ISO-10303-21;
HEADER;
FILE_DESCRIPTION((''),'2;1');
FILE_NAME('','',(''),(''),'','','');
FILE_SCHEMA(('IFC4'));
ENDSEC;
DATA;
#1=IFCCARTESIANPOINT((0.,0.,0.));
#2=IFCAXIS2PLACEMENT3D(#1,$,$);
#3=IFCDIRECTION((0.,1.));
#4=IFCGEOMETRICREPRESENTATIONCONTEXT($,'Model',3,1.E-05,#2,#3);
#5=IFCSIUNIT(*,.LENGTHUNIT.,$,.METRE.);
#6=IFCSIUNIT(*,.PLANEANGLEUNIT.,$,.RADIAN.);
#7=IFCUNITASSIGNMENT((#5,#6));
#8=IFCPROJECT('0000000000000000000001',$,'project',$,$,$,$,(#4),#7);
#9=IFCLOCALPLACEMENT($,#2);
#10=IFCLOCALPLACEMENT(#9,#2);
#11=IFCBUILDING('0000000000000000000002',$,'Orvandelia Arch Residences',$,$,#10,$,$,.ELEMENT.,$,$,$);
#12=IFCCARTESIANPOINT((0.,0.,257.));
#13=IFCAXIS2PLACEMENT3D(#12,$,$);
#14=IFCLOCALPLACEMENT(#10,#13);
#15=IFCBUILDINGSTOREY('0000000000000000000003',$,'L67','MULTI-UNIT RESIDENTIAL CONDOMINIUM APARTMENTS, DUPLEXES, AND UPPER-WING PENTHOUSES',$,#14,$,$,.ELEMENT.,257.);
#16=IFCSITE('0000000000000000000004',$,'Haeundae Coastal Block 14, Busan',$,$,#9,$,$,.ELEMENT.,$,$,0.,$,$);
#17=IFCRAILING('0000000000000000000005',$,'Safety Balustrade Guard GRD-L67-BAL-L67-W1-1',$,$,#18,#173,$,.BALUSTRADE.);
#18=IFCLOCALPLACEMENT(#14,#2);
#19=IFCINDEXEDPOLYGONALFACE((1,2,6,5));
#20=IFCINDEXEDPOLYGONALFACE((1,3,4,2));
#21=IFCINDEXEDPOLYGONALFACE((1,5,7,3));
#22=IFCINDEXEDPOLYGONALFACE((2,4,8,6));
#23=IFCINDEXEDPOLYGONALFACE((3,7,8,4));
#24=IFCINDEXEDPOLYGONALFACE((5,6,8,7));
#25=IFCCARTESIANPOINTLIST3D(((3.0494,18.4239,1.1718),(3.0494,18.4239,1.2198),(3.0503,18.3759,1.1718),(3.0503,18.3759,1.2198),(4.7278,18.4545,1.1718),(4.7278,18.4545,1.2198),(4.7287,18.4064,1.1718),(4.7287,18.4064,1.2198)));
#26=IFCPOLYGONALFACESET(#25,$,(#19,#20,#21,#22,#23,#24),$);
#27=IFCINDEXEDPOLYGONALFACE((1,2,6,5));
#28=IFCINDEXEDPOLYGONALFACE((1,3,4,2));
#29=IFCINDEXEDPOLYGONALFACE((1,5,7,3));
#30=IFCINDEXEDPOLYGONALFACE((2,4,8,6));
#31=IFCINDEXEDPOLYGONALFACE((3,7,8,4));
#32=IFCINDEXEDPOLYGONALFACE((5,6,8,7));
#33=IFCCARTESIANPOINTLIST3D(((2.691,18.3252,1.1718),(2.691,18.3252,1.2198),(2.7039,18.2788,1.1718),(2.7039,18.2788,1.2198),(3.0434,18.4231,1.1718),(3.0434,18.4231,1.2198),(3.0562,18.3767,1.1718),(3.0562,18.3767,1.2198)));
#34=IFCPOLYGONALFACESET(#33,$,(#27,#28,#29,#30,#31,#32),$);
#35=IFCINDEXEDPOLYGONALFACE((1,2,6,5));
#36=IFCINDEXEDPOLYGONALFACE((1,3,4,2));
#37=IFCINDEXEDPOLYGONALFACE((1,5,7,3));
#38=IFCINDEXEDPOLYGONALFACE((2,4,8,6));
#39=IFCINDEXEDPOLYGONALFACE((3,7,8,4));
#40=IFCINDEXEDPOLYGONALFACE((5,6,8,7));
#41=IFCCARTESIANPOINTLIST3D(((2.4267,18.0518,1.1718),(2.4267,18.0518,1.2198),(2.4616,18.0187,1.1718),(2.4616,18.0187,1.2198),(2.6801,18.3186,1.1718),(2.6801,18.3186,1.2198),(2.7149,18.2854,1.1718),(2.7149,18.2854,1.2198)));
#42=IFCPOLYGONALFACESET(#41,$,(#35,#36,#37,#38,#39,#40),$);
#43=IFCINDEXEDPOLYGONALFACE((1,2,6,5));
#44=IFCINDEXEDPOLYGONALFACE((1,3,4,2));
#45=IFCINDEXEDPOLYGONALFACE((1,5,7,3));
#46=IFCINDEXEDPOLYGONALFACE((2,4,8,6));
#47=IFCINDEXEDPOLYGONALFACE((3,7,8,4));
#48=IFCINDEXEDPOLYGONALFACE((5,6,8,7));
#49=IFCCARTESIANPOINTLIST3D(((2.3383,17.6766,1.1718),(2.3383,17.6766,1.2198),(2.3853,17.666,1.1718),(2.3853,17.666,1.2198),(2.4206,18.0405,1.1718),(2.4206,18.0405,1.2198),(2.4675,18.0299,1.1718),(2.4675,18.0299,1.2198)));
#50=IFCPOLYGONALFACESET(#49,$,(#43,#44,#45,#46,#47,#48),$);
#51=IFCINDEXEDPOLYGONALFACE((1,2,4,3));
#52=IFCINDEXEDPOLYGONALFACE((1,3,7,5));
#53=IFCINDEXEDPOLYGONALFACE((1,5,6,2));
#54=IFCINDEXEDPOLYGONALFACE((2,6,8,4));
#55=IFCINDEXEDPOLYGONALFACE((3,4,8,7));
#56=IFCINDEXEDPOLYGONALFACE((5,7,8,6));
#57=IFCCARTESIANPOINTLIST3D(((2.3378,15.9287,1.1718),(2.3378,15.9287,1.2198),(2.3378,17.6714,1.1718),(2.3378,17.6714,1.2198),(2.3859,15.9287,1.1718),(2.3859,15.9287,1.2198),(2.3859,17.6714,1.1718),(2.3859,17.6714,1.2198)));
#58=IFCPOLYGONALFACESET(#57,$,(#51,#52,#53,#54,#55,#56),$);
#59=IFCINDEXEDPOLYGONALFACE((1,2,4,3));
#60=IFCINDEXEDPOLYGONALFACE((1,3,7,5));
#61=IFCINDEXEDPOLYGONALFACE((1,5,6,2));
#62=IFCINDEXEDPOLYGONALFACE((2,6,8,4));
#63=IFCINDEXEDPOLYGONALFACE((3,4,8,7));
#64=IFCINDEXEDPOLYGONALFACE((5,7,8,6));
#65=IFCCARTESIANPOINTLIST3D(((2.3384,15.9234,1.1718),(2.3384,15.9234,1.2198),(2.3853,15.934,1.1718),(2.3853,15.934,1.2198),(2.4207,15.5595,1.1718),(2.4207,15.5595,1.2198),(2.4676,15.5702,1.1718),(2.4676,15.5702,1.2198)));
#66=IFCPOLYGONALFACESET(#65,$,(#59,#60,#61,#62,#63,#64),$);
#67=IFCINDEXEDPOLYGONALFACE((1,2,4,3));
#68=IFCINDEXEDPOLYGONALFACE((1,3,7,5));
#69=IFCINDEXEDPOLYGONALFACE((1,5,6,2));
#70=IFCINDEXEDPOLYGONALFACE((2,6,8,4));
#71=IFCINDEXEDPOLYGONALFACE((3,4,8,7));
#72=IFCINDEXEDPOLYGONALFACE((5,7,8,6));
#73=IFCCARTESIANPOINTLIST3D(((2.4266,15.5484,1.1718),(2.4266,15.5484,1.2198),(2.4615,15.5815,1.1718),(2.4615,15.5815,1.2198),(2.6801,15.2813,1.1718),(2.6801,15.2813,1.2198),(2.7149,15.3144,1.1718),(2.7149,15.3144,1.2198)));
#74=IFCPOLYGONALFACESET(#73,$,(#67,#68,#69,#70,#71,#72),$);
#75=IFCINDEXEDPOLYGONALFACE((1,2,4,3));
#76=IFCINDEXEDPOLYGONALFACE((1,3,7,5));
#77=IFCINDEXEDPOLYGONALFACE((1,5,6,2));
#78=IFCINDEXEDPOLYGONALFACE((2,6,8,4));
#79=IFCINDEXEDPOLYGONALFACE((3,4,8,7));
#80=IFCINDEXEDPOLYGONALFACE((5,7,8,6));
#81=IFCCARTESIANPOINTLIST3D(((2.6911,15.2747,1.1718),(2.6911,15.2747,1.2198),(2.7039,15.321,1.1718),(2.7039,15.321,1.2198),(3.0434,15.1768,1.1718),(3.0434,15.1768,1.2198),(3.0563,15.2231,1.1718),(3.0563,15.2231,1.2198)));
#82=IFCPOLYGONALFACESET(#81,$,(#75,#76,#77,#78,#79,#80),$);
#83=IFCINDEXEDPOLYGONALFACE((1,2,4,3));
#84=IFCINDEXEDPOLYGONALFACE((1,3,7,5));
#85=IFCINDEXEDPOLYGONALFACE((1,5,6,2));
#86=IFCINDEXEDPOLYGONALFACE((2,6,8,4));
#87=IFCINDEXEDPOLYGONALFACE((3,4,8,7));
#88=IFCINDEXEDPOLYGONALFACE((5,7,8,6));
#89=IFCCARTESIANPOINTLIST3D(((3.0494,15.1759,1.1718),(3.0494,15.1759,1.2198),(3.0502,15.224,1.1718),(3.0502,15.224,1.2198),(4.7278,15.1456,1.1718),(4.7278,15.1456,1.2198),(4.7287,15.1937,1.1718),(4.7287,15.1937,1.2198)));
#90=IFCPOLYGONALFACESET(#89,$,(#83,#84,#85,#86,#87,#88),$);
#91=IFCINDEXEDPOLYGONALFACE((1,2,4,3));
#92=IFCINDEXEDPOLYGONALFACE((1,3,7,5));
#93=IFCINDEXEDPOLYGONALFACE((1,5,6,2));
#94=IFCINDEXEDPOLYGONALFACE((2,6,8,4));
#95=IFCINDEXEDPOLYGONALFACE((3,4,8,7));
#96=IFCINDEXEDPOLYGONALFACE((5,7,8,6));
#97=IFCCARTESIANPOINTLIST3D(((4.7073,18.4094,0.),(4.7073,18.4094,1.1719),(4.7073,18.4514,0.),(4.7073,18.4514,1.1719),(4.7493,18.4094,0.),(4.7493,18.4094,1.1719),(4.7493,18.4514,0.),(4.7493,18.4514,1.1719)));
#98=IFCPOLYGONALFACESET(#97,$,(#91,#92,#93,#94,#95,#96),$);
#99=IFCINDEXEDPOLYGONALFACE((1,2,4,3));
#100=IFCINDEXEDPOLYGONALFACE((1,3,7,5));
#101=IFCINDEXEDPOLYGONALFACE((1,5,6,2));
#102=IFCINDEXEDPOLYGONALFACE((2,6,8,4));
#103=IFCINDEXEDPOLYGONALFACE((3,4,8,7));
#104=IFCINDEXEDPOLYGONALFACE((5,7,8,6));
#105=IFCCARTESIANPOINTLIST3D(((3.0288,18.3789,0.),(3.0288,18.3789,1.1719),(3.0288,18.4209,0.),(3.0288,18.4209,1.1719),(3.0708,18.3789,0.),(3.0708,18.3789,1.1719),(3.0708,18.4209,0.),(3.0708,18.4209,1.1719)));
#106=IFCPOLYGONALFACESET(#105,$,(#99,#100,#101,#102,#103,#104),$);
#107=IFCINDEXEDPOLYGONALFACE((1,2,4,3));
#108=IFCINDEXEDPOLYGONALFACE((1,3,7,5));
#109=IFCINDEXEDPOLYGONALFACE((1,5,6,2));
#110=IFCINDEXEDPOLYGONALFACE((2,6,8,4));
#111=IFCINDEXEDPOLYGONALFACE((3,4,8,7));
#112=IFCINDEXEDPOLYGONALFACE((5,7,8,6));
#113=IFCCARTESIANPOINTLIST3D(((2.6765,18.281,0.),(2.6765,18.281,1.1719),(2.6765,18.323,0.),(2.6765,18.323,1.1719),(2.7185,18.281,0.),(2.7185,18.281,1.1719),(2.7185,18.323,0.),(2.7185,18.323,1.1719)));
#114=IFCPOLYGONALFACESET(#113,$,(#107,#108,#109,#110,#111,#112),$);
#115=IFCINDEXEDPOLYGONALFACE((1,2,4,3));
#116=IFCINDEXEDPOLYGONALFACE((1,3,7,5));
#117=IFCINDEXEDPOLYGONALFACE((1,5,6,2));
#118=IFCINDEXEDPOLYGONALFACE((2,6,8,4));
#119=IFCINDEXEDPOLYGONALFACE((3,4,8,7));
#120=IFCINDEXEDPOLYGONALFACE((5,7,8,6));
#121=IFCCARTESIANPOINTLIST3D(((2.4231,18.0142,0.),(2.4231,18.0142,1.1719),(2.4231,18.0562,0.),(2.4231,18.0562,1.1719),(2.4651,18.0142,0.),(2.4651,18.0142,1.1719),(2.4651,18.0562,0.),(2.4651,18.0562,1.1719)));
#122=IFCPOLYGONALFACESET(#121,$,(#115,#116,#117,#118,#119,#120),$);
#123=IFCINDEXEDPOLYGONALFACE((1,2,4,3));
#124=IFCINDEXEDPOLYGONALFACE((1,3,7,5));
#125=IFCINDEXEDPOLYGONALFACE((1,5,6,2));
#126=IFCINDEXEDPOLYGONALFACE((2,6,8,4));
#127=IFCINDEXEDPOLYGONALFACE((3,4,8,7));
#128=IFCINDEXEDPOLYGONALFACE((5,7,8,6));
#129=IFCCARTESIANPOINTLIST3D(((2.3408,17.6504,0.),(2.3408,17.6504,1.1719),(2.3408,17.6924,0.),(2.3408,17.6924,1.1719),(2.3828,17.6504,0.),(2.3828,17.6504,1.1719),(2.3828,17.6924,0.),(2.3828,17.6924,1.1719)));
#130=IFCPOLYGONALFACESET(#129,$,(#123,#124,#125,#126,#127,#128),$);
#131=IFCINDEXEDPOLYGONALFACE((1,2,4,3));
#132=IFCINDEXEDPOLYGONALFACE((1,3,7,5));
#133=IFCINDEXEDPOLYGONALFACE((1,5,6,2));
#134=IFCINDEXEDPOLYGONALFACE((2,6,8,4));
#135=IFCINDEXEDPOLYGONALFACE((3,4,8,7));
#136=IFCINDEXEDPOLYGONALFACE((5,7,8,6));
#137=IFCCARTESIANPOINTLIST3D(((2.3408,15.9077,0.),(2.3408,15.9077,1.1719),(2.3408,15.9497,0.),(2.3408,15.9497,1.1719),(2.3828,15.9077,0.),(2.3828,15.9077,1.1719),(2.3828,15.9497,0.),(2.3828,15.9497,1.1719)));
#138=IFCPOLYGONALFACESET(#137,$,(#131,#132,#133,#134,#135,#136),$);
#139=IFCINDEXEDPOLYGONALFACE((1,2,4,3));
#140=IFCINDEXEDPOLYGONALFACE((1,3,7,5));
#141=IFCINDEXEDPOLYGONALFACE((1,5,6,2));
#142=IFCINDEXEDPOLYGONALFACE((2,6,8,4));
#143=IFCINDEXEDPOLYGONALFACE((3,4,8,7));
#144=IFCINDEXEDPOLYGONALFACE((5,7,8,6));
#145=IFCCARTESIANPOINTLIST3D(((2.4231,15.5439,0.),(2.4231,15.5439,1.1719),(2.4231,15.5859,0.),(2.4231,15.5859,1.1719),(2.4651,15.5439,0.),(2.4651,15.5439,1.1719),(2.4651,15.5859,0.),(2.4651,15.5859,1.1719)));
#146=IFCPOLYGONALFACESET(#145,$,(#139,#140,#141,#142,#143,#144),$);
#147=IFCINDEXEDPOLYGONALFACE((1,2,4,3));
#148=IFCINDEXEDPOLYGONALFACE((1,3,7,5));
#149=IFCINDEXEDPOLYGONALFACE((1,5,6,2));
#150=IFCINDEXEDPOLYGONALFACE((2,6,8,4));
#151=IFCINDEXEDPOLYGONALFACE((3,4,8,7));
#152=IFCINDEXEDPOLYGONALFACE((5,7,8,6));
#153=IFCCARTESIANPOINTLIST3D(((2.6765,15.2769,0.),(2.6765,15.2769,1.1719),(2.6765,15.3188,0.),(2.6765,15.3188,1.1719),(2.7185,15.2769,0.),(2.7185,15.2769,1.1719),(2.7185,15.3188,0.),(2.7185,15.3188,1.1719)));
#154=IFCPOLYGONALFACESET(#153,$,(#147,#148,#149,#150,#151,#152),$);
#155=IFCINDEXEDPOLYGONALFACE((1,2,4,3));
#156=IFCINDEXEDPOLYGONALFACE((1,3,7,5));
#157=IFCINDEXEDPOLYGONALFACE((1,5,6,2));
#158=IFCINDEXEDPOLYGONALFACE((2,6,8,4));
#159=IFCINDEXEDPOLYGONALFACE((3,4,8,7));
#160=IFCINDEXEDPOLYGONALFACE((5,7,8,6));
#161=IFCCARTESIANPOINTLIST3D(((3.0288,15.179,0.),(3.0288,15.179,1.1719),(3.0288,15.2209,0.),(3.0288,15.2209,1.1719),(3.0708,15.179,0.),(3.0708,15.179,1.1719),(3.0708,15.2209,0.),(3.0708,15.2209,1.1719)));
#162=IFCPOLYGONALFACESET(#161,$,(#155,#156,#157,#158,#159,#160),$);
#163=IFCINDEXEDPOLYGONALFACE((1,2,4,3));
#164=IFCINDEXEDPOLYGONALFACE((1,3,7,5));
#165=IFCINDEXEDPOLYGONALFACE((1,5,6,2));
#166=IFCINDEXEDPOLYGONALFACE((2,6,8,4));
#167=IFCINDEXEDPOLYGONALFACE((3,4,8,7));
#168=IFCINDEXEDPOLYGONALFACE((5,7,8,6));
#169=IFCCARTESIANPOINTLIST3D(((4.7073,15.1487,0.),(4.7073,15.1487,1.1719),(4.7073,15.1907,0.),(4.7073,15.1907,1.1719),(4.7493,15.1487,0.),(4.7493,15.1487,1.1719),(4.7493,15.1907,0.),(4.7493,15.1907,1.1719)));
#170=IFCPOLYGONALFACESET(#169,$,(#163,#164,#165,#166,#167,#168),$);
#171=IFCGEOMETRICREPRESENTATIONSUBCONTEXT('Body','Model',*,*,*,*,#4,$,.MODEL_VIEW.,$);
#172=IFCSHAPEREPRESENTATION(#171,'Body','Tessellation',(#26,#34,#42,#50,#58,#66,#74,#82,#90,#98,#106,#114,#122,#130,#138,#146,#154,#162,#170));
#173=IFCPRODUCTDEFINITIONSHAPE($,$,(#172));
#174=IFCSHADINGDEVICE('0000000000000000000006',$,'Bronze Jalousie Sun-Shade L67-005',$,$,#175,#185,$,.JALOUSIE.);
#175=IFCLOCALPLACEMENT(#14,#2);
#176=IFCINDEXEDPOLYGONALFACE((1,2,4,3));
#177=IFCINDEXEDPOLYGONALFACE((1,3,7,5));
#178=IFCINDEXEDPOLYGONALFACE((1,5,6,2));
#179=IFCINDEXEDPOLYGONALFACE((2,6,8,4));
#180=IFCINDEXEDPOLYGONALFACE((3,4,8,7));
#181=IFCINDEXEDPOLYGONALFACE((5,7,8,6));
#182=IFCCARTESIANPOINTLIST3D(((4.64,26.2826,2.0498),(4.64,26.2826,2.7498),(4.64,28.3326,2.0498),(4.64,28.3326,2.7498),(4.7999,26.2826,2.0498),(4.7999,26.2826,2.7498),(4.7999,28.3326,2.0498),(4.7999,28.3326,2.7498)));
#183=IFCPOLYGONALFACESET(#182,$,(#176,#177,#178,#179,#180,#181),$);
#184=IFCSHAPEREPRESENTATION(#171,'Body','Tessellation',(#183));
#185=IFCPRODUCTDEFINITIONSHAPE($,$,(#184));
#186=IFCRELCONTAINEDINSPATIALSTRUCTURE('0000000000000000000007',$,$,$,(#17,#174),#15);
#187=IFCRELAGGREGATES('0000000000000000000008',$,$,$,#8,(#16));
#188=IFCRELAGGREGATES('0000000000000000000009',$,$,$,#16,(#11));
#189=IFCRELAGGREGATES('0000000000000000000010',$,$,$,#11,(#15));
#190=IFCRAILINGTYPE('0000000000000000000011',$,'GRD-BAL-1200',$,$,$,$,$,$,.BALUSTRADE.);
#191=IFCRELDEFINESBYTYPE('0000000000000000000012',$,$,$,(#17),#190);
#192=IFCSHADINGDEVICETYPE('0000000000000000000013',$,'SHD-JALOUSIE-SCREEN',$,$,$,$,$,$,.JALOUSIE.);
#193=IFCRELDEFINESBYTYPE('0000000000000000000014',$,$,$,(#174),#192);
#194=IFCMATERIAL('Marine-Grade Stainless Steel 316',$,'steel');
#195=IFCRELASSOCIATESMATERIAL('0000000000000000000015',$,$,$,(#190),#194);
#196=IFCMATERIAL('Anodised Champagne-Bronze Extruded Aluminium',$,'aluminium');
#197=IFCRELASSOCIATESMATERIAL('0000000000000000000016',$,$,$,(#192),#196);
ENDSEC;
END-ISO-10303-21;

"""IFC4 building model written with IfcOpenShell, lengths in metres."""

from ifc_helpers import new_model, si_unit, direction, frame, origin, origin_2d, place, context, subcontext, project, spatial, rectangle, extrude, material, type_object, element, save


model = new_model("IFC4")

# Units and contexts
model_context = context("Model", 3, precision=1e-05, world=origin(), true_north=direction((0.0, 1.0)))
body_context = subcontext(model_context, "Body", "Model", "MODEL_VIEW")
ifc_project = project(units=[si_unit("LENGTHUNIT", "METRE"), si_unit("PLANEANGLEUNIT", "RADIAN")], contexts=[model_context])

# Site, building, storey
site_placement = place(None, origin())
site = spatial("IfcSite", under=ifc_project, at=site_placement, Name="Haeundae Coastal Block 14, Busan", CompositionType="ELEMENT", RefElevation=0.0)
building_placement = place(site_placement, origin())
building = spatial("IfcBuilding", under=site, at=building_placement, Name="Orvandelia Arch Residences", CompositionType="ELEMENT")
storey_placement = place(building_placement, frame((0.0, 0.0, 257.0)))
storey = spatial("IfcBuildingStorey", under=building, at=storey_placement, Name="L67", Description="MULTI-UNIT RESIDENTIAL CONDOMINIUM APARTMENTS, DUPLEXES, AND UPPER-WING PENTHOUSES", CompositionType="ELEMENT", Elevation=257.0)

# Railing
ifc_material_1 = material(Name="Marine-Grade Stainless Steel 316", Category="steel")
railing_type = type_object("IfcRailingType", Name="GRD-BAL-1200", PredefinedType="BALUSTRADE", material=ifc_material_1)
railing_placement = place(storey_placement, frame((4.7283, 18.4304, 0.0)))
element("IfcRailing", 1, at=railing_placement, inside=storey, type_object=railing_type, Name="Safety Balustrade Guard GRD-L67-BAL-L67-W1-1", PredefinedType="BALUSTRADE", context=body_context, shape_type="SweptSolid", body=[
    extrude(rectangle(XDim=0.0481, YDim=0.0481, at=origin_2d()), frame((0.0, 0.0, 1.1958), z_axis=(-0.999835, -0.018179, 0.0), x_axis=(0.018179, -0.999835, 0.0)), (0.0, 0.0, 1.0), 1.6787),
    extrude(rectangle(XDim=0.0481, YDim=0.0481, at=origin_2d()), frame((-1.6785, -0.0305, 1.1958), z_axis=(-0.963489, -0.267747, 0.0), x_axis=(0.267747, -0.963489, 0.0)), (0.0, 0.0, 1.0), 0.3657),
    extrude(rectangle(XDim=0.0481, YDim=0.0481, at=origin_2d()), frame((-2.0308, -0.1284, 1.1958), z_axis=(-0.688627, -0.725115, 0.0), x_axis=(0.725115, -0.688627, 0.0)), (0.0, 0.0, 1.0), 0.3679),
    extrude(rectangle(XDim=0.0481, YDim=0.0481, at=origin_2d()), frame((-2.2842, -0.3953, 1.1958), z_axis=(-0.220602, -0.975364, 0.0), x_axis=(0.975364, -0.220602, 0.0)), (0.0, 0.0, 1.0), 0.373),
    extrude(rectangle(XDim=0.0481, YDim=0.0481, at=origin_2d()), frame((-2.3665, -0.759, 1.1958), z_axis=(0.0, -1.0, 0.0), x_axis=(1.0, 0.0, 0.0)), (0.0, 0.0, 1.0), 1.7427),
    extrude(rectangle(XDim=0.0481, YDim=0.0481, at=origin_2d()), frame((-2.3665, -2.5017, 1.1958), z_axis=(0.220602, -0.975364, 0.0), x_axis=(0.975364, 0.220602, 0.0)), (0.0, 0.0, 1.0), 0.373),
    extrude(rectangle(XDim=0.0481, YDim=0.0481, at=origin_2d()), frame((-2.2842, -2.8655, 1.1958), z_axis=(0.688296, -0.72543, 0.0), x_axis=(0.72543, 0.688296, 0.0)), (0.0, 0.0, 1.0), 0.3682),
    extrude(rectangle(XDim=0.0481, YDim=0.0481, at=origin_2d()), frame((-2.0308, -3.1326, 1.1958), z_axis=(0.963489, -0.267747, 0.0), x_axis=(0.267747, 0.963489, 0.0)), (0.0, 0.0, 1.0), 0.3657),
    extrude(rectangle(XDim=0.0481, YDim=0.0481, at=origin_2d()), frame((-1.6785, -3.2305, 1.1958), z_axis=(0.999837, -0.018033, 0.0), x_axis=(0.018033, 0.999837, 0.0)), (0.0, 0.0, 1.0), 1.6787),
    extrude(rectangle(XDim=0.042, YDim=0.042, at=origin_2d()), origin(), (0.0, 0.0, 1.0), 1.1719),
    extrude(rectangle(XDim=0.042, YDim=0.042, at=origin_2d()), frame((-1.6785, -0.0305, 0.0)), (0.0, 0.0, 1.0), 1.1719),
    extrude(rectangle(XDim=0.042, YDim=0.042, at=origin_2d()), frame((-2.0308, -0.1284, 0.0)), (0.0, 0.0, 1.0), 1.1719),
    extrude(rectangle(XDim=0.042, YDim=0.042, at=origin_2d()), frame((-2.2842, -0.3953, 0.0)), (0.0, 0.0, 1.0), 1.1719),
    extrude(rectangle(XDim=0.042, YDim=0.042, at=origin_2d()), frame((-2.3665, -0.759, 0.0)), (0.0, 0.0, 1.0), 1.1719),
    extrude(rectangle(XDim=0.042, YDim=0.042, at=origin_2d()), frame((-2.3665, -2.5017, 0.0)), (0.0, 0.0, 1.0), 1.1719),
    extrude(rectangle(XDim=0.042, YDim=0.042, at=origin_2d()), frame((-2.2842, -2.8655, 0.0)), (0.0, 0.0, 1.0), 1.1719),
    extrude(rectangle(XDim=0.042, YDim=0.042, at=origin_2d()), frame((-2.0308, -3.1326, 0.0)), (0.0, 0.0, 1.0), 1.1719),
    extrude(rectangle(XDim=0.042, YDim=0.042, at=origin_2d()), frame((-1.6785, -3.2305, 0.0)), (0.0, 0.0, 1.0), 1.1719),
    extrude(rectangle(XDim=0.042, YDim=0.042, at=origin_2d()), frame((0.0, -3.2607, 0.0)), (0.0, 0.0, 1.0), 1.1719),
])

# Shading device
ifc_material_2 = material(Name="Anodised Champagne-Bronze Extruded Aluminium", Category="aluminium")
shading_device_type = type_object("IfcShadingDeviceType", Name="SHD-JALOUSIE-SCREEN", PredefinedType="JALOUSIE", material=ifc_material_2)
shading_device_placement = place(storey_placement, frame((4.72, 27.3076, 2.0498), z_axis=(0.0, 0.0, 1.0), x_axis=(0.0, 1.0, 0.0)))
element("IfcShadingDevice", 2, at=shading_device_placement, inside=storey, type_object=shading_device_type, Name="Bronze Jalousie Sun-Shade L67-005", PredefinedType="JALOUSIE", context=body_context, shape_type="SweptSolid", body=[
    extrude(rectangle(XDim=2.05, YDim=0.1599, at=origin_2d()), origin(), (0.0, 0.0, 1.0), 0.7),
])

save(model, "model.ifc")
